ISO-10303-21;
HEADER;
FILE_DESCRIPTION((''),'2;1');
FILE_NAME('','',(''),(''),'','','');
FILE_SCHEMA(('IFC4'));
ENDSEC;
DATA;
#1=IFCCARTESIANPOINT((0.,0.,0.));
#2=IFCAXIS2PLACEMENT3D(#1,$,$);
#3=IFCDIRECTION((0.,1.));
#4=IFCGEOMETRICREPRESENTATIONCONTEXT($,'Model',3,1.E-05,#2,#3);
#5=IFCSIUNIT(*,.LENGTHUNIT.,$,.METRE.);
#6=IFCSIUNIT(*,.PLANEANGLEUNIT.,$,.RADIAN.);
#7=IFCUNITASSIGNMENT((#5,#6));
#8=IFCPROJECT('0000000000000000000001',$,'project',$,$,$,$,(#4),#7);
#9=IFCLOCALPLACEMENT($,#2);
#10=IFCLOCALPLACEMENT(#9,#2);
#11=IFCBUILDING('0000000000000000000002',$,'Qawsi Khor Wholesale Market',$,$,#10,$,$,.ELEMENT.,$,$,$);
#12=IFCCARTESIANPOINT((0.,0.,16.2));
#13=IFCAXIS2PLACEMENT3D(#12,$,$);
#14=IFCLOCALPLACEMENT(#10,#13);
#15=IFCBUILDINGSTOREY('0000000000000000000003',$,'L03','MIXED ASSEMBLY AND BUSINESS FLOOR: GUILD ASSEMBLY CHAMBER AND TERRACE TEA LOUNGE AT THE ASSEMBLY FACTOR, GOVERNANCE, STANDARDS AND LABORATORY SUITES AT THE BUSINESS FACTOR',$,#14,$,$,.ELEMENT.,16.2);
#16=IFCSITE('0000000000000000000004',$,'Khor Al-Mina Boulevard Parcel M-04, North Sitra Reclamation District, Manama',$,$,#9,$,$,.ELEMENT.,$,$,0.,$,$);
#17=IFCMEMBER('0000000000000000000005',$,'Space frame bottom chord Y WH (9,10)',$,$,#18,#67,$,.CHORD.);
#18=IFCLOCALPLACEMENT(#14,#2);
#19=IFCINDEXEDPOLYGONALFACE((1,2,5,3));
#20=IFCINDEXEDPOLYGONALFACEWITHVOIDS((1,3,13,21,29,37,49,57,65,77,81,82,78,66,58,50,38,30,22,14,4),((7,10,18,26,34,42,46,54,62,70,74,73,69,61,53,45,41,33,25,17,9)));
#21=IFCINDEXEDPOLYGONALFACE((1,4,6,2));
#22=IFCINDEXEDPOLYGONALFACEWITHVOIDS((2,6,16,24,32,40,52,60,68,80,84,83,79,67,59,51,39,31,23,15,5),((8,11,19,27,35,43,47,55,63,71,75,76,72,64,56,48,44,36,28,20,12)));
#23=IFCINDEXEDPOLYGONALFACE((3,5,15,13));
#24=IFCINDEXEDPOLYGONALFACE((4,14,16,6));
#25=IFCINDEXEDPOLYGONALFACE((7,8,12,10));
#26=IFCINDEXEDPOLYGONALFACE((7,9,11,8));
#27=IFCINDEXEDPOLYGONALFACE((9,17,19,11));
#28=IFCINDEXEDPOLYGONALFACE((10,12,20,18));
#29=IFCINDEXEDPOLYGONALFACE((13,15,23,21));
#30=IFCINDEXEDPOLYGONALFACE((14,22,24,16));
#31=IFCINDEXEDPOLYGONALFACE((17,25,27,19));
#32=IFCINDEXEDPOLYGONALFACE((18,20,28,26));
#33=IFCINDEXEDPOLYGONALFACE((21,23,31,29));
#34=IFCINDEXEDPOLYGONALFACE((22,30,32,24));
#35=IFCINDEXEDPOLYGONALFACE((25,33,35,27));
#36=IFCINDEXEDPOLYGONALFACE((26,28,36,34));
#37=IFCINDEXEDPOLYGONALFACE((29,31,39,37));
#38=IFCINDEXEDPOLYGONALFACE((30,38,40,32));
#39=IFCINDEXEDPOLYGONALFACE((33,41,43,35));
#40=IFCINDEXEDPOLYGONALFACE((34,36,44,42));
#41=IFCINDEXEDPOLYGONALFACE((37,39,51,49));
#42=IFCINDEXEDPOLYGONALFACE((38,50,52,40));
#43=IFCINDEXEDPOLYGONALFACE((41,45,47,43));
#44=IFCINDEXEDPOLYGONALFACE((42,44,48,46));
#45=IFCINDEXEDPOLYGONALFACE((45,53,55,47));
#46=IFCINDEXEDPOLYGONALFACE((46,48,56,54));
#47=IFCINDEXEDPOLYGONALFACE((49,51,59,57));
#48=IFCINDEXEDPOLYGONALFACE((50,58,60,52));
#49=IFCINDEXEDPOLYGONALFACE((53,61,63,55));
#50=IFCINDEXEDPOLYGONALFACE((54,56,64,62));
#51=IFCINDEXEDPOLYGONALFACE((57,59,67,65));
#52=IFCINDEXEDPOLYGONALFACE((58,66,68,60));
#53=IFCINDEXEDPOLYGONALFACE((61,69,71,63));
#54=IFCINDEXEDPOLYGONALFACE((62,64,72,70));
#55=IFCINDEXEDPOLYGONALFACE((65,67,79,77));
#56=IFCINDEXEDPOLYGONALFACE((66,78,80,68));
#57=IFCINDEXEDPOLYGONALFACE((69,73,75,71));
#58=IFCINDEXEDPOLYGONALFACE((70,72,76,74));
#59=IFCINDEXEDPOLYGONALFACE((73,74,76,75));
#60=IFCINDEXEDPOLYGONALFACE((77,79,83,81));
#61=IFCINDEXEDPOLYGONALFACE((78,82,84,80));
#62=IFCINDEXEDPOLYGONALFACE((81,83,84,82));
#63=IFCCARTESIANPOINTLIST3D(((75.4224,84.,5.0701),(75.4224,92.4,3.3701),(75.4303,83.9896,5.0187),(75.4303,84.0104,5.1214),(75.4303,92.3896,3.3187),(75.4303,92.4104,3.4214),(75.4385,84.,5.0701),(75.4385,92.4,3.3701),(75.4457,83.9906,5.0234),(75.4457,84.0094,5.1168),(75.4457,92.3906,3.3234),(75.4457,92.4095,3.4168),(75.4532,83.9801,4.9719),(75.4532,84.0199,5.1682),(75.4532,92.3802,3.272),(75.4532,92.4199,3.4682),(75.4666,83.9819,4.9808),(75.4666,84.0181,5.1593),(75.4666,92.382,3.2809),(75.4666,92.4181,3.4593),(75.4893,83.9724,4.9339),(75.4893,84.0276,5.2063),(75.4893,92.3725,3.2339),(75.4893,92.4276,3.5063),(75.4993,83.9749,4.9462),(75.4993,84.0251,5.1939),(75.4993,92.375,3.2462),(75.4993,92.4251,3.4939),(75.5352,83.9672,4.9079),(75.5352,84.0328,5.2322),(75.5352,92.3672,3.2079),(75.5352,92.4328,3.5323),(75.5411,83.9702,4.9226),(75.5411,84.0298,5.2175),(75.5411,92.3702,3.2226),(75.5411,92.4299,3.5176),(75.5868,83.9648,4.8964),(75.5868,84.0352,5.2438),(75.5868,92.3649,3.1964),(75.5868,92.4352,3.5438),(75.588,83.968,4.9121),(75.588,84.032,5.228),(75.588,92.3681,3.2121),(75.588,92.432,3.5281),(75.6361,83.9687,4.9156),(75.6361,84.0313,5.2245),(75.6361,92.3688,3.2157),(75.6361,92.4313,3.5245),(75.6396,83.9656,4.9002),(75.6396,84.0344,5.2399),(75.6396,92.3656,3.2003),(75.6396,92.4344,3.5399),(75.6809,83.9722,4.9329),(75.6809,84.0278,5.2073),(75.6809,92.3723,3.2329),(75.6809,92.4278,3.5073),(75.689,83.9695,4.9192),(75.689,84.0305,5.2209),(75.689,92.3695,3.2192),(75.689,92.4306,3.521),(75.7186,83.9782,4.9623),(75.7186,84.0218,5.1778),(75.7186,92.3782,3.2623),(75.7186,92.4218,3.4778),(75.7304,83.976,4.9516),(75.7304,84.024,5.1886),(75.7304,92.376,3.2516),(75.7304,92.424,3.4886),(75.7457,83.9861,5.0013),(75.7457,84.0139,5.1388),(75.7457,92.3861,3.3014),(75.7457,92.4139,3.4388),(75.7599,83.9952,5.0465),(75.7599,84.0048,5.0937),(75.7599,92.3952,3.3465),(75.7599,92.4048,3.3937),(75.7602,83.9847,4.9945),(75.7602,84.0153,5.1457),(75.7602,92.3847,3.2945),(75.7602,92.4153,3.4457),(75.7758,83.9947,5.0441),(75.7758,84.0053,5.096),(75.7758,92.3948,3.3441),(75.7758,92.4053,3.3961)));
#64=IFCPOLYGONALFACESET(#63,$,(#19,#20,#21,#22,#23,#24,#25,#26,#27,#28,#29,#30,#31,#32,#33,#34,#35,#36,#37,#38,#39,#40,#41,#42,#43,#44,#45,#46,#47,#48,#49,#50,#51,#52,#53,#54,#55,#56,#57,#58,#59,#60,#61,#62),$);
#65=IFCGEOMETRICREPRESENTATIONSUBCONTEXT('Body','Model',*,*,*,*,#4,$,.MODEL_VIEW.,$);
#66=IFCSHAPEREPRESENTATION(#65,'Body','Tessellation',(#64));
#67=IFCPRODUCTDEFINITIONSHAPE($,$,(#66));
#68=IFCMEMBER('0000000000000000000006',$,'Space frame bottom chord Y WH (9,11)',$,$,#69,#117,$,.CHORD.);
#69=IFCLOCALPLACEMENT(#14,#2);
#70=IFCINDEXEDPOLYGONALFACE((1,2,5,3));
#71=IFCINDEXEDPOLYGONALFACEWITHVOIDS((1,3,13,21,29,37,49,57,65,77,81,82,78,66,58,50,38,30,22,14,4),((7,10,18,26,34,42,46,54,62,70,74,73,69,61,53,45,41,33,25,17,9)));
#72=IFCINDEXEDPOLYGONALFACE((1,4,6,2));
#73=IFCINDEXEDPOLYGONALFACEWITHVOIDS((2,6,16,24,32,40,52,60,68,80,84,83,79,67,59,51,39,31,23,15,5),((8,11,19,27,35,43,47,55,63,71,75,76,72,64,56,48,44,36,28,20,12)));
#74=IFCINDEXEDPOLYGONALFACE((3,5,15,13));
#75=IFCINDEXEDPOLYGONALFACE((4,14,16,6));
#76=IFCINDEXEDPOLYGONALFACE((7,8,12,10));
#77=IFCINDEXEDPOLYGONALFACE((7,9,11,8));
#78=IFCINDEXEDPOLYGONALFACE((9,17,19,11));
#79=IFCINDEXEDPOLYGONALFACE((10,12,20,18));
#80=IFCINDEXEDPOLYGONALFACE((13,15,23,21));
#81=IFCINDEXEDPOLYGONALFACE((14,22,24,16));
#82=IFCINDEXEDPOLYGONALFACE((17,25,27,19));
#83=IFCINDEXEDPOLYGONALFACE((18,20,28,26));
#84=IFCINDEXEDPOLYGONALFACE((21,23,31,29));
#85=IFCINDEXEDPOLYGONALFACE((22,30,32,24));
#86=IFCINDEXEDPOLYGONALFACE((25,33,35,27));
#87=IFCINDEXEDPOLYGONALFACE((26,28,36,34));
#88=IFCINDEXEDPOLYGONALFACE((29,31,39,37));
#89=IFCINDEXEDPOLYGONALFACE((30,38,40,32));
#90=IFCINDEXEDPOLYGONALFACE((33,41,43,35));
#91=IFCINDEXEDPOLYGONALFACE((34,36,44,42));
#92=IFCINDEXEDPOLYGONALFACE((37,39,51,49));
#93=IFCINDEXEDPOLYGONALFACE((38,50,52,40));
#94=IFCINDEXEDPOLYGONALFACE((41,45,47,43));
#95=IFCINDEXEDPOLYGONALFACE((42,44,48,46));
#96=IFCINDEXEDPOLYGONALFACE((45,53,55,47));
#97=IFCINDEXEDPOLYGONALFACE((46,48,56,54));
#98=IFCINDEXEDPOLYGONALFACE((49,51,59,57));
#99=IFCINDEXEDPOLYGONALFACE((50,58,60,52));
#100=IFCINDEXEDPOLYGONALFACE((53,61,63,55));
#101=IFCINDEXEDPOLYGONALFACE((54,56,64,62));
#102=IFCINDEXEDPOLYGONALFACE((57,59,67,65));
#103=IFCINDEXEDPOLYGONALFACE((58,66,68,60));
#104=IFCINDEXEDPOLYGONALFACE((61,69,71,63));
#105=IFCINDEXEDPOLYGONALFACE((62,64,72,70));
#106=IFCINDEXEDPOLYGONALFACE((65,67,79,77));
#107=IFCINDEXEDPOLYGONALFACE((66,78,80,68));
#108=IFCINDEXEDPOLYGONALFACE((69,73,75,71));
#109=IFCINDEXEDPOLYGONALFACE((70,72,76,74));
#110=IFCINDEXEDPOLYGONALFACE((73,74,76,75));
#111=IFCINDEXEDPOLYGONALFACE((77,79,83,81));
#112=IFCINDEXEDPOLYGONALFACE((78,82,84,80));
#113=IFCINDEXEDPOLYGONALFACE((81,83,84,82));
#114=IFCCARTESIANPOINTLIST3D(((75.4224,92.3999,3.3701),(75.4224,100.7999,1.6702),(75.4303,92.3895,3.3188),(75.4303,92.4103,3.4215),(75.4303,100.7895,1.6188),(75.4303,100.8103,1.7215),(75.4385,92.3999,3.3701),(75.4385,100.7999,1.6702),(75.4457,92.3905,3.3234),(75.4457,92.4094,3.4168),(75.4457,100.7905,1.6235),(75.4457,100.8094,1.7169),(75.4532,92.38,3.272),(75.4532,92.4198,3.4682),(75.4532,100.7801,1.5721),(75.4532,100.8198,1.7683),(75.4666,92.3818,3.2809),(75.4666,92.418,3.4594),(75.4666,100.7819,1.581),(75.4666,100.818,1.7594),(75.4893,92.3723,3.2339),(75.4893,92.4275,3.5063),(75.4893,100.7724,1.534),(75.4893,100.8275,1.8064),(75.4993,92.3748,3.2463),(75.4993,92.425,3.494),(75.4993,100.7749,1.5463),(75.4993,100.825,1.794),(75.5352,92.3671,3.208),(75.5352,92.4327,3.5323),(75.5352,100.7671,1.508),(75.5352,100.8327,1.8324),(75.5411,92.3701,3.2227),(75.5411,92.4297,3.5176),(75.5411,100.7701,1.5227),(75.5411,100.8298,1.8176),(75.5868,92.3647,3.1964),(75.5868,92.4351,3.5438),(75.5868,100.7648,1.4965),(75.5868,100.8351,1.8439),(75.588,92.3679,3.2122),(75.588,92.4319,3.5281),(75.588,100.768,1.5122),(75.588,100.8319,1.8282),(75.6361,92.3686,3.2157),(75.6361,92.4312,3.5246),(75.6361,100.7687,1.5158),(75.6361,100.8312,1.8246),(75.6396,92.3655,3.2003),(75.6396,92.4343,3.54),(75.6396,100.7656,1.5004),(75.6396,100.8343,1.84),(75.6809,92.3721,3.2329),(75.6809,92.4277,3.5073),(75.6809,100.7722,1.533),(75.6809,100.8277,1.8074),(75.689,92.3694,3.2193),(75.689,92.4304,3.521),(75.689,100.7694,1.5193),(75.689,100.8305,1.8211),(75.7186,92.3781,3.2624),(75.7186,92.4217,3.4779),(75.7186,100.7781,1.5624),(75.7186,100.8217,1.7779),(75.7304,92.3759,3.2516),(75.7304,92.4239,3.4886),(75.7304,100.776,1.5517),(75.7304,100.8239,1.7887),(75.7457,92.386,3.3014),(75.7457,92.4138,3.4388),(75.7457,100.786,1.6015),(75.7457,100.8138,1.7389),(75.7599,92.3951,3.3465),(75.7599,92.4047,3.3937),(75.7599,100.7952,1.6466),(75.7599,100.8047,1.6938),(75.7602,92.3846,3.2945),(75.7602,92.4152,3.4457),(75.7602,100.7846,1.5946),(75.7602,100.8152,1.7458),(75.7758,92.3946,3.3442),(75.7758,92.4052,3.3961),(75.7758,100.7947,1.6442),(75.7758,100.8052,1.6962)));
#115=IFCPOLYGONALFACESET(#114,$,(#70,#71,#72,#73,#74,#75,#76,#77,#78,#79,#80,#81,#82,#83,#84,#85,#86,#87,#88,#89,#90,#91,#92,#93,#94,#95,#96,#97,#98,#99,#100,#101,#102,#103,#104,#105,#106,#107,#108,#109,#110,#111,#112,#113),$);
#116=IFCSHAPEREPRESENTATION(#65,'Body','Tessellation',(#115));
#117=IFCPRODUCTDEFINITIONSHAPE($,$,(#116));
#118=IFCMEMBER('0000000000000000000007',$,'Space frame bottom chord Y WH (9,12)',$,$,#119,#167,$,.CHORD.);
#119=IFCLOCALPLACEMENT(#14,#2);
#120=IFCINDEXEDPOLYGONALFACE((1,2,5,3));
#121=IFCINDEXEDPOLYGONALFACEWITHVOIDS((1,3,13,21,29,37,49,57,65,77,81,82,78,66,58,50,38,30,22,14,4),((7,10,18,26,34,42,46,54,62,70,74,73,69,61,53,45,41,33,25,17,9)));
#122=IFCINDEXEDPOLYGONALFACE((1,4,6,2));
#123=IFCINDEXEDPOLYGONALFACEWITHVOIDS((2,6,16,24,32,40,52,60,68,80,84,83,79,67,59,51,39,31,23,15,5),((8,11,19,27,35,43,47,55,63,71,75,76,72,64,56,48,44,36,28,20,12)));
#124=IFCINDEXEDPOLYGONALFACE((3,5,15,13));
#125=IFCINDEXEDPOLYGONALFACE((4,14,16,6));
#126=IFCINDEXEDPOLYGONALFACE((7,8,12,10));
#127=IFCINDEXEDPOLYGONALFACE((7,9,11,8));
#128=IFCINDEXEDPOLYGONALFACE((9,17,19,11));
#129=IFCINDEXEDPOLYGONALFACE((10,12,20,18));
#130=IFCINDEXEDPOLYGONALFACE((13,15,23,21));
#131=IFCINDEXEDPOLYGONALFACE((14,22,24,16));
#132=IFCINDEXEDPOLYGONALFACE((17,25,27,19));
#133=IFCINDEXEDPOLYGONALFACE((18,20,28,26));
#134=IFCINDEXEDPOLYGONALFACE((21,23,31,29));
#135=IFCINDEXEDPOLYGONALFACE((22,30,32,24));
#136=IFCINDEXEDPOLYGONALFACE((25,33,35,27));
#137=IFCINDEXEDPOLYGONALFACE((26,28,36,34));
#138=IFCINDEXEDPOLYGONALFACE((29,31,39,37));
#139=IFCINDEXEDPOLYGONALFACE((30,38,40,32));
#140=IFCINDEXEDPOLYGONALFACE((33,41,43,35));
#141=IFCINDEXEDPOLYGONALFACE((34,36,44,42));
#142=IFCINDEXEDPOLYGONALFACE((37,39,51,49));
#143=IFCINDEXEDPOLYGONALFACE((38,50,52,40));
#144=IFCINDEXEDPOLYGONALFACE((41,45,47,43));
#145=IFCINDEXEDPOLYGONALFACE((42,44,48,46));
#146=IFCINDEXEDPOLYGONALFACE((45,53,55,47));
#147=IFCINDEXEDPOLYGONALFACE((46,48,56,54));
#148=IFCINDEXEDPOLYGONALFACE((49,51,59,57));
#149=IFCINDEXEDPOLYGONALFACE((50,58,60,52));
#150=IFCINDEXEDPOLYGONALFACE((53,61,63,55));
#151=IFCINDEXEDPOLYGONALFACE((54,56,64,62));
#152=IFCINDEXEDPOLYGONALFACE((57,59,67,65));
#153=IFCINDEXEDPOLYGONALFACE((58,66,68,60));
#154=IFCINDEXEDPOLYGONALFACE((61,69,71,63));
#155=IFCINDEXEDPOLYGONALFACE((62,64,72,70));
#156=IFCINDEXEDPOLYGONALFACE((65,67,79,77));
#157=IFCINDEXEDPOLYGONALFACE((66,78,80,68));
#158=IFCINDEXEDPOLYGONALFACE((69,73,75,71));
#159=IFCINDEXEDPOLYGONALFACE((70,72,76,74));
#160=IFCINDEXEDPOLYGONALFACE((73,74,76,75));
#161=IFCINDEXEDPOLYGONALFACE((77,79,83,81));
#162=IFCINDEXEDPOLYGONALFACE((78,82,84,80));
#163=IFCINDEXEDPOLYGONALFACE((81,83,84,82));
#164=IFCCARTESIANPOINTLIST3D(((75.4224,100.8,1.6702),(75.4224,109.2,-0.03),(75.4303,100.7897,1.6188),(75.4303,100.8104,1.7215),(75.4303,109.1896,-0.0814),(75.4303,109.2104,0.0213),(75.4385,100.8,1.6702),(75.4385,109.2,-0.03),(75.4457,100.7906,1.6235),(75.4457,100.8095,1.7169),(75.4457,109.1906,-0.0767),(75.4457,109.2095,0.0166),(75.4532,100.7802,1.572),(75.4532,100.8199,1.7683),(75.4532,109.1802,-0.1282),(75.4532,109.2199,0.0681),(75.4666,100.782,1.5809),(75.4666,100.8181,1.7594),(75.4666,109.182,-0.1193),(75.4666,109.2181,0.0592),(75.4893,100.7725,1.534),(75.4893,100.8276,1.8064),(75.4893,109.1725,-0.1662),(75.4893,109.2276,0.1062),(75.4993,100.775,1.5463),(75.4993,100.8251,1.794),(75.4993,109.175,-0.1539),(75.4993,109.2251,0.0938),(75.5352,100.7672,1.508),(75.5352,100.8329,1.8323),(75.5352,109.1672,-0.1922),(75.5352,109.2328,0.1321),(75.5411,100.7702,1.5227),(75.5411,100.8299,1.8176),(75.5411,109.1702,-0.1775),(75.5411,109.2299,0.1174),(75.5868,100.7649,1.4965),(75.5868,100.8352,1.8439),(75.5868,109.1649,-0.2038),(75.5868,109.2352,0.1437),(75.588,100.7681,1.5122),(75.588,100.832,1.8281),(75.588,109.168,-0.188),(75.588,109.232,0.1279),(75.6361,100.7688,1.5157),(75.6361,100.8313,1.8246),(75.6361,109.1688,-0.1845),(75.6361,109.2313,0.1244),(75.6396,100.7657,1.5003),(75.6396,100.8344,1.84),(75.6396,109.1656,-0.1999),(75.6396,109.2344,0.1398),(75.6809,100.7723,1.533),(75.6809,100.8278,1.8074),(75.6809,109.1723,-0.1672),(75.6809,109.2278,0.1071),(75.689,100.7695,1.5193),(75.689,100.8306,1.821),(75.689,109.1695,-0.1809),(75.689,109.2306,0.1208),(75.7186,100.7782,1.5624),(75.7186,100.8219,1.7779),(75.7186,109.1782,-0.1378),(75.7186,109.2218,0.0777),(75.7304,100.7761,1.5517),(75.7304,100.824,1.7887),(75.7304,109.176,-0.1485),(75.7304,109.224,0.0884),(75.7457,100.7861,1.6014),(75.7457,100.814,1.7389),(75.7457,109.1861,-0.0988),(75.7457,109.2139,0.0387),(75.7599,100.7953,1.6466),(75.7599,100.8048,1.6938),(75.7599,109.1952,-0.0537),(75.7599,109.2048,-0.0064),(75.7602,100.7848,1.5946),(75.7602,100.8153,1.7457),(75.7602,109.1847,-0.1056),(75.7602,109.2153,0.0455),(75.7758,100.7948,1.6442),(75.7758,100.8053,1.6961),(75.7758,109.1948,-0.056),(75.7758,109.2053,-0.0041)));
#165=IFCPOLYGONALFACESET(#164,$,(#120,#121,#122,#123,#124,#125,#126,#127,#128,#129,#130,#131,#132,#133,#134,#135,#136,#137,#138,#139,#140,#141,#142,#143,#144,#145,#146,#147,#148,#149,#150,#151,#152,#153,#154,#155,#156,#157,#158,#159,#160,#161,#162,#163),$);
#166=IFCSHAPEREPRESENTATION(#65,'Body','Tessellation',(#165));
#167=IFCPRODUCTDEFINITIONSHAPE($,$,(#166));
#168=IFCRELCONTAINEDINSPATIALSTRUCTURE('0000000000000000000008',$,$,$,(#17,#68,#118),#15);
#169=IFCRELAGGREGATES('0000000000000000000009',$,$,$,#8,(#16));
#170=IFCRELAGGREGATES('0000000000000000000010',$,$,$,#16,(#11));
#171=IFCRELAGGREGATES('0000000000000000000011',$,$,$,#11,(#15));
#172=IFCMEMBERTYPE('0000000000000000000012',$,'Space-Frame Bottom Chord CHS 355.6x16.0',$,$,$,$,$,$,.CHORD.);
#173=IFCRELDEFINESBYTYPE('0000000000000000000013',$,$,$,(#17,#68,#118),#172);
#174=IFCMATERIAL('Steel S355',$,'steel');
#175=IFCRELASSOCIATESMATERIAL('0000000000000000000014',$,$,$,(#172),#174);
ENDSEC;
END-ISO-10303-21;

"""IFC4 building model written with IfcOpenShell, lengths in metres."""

from ifc_helpers import new_model, si_unit, direction, frame, origin, origin_2d, place, context, subcontext, project, spatial, hollow_circle, extrude, material, material_profile, profile_set, type_object, element, save


model = new_model("IFC4")

# Units and contexts
model_context = context("Model", 3, precision=1e-05, world=origin(), true_north=direction((0.0, 1.0)))
body_context = subcontext(model_context, "Body", "Model", "MODEL_VIEW")
ifc_project = project(units=[si_unit("LENGTHUNIT", "METRE"), si_unit("PLANEANGLEUNIT", "RADIAN")], contexts=[model_context])

# Site, building, storey
site_placement = place(None, origin())
site = spatial("IfcSite", under=ifc_project, at=site_placement, Name="Khor Al-Mina Boulevard Parcel M-04, North Sitra Reclamation District, Manama", CompositionType="ELEMENT", RefElevation=0.0)
building_placement = place(site_placement, origin())
building = spatial("IfcBuilding", under=site, at=building_placement, Name="Qawsi Khor Wholesale Market", CompositionType="ELEMENT")
storey_placement = place(building_placement, frame((0.0, 0.0, 16.2)))
storey = spatial("IfcBuildingStorey", under=building, at=storey_placement, Name="L03", Description="MIXED ASSEMBLY AND BUSINESS FLOOR: GUILD ASSEMBLY CHAMBER AND TERRACE TEA LOUNGE AT THE ASSEMBLY FACTOR, GOVERNANCE, STANDARDS AND LABORATORY SUITES AT THE BUSINESS FACTOR", CompositionType="ELEMENT", Elevation=16.2)

# Members
ifc_material_1 = material(Name="Steel S355", Category="steel")
ifc_material_profile_1 = material_profile(ifc_material_1, hollow_circle(Radius=0.1777, WallThickness=0.0161, at=origin_2d()), Name="CHS 355.6x16.0")
ifc_profile_set_1 = profile_set([ifc_material_profile_1], Name="Steel S355")
member_type_1 = type_object("IfcMemberType", Name="Space-Frame Bottom Chord CHS 355.6x16.0", PredefinedType="CHORD", material=ifc_profile_set_1)
for number, where, z_axis, x_axis, name in (
    (1, (75.6001, 84.0, 5.0701), (0.0, 0.98013, -0.198356), (-1.0, 0.0, 0.0), "Space frame bottom chord Y WH (9,10)"),
    (2, (75.6001, 92.3999, 3.3701), (0.0, 0.980131, -0.198351), (-1.0, 0.0, 0.0), "Space frame bottom chord Y WH (9,11)"),
    (3, (75.6001, 100.8, 1.6702), (0.0, 0.980124, -0.198384), (-1.0, 0.0, 0.0), "Space frame bottom chord Y WH (9,12)"),
):
    element("IfcMember", number, at=place(storey_placement, frame(where, z_axis=z_axis, x_axis=x_axis)), inside=storey, type_object=member_type_1, Name=name, PredefinedType="CHORD", context=body_context, shape_type="SweptSolid", body=[
        extrude(hollow_circle(Radius=0.1777, WallThickness=0.0161, at=origin_2d()), origin(), (0.0, 0.0, 1.0), 8.5703),
    ])

save(model, "model.ifc")
